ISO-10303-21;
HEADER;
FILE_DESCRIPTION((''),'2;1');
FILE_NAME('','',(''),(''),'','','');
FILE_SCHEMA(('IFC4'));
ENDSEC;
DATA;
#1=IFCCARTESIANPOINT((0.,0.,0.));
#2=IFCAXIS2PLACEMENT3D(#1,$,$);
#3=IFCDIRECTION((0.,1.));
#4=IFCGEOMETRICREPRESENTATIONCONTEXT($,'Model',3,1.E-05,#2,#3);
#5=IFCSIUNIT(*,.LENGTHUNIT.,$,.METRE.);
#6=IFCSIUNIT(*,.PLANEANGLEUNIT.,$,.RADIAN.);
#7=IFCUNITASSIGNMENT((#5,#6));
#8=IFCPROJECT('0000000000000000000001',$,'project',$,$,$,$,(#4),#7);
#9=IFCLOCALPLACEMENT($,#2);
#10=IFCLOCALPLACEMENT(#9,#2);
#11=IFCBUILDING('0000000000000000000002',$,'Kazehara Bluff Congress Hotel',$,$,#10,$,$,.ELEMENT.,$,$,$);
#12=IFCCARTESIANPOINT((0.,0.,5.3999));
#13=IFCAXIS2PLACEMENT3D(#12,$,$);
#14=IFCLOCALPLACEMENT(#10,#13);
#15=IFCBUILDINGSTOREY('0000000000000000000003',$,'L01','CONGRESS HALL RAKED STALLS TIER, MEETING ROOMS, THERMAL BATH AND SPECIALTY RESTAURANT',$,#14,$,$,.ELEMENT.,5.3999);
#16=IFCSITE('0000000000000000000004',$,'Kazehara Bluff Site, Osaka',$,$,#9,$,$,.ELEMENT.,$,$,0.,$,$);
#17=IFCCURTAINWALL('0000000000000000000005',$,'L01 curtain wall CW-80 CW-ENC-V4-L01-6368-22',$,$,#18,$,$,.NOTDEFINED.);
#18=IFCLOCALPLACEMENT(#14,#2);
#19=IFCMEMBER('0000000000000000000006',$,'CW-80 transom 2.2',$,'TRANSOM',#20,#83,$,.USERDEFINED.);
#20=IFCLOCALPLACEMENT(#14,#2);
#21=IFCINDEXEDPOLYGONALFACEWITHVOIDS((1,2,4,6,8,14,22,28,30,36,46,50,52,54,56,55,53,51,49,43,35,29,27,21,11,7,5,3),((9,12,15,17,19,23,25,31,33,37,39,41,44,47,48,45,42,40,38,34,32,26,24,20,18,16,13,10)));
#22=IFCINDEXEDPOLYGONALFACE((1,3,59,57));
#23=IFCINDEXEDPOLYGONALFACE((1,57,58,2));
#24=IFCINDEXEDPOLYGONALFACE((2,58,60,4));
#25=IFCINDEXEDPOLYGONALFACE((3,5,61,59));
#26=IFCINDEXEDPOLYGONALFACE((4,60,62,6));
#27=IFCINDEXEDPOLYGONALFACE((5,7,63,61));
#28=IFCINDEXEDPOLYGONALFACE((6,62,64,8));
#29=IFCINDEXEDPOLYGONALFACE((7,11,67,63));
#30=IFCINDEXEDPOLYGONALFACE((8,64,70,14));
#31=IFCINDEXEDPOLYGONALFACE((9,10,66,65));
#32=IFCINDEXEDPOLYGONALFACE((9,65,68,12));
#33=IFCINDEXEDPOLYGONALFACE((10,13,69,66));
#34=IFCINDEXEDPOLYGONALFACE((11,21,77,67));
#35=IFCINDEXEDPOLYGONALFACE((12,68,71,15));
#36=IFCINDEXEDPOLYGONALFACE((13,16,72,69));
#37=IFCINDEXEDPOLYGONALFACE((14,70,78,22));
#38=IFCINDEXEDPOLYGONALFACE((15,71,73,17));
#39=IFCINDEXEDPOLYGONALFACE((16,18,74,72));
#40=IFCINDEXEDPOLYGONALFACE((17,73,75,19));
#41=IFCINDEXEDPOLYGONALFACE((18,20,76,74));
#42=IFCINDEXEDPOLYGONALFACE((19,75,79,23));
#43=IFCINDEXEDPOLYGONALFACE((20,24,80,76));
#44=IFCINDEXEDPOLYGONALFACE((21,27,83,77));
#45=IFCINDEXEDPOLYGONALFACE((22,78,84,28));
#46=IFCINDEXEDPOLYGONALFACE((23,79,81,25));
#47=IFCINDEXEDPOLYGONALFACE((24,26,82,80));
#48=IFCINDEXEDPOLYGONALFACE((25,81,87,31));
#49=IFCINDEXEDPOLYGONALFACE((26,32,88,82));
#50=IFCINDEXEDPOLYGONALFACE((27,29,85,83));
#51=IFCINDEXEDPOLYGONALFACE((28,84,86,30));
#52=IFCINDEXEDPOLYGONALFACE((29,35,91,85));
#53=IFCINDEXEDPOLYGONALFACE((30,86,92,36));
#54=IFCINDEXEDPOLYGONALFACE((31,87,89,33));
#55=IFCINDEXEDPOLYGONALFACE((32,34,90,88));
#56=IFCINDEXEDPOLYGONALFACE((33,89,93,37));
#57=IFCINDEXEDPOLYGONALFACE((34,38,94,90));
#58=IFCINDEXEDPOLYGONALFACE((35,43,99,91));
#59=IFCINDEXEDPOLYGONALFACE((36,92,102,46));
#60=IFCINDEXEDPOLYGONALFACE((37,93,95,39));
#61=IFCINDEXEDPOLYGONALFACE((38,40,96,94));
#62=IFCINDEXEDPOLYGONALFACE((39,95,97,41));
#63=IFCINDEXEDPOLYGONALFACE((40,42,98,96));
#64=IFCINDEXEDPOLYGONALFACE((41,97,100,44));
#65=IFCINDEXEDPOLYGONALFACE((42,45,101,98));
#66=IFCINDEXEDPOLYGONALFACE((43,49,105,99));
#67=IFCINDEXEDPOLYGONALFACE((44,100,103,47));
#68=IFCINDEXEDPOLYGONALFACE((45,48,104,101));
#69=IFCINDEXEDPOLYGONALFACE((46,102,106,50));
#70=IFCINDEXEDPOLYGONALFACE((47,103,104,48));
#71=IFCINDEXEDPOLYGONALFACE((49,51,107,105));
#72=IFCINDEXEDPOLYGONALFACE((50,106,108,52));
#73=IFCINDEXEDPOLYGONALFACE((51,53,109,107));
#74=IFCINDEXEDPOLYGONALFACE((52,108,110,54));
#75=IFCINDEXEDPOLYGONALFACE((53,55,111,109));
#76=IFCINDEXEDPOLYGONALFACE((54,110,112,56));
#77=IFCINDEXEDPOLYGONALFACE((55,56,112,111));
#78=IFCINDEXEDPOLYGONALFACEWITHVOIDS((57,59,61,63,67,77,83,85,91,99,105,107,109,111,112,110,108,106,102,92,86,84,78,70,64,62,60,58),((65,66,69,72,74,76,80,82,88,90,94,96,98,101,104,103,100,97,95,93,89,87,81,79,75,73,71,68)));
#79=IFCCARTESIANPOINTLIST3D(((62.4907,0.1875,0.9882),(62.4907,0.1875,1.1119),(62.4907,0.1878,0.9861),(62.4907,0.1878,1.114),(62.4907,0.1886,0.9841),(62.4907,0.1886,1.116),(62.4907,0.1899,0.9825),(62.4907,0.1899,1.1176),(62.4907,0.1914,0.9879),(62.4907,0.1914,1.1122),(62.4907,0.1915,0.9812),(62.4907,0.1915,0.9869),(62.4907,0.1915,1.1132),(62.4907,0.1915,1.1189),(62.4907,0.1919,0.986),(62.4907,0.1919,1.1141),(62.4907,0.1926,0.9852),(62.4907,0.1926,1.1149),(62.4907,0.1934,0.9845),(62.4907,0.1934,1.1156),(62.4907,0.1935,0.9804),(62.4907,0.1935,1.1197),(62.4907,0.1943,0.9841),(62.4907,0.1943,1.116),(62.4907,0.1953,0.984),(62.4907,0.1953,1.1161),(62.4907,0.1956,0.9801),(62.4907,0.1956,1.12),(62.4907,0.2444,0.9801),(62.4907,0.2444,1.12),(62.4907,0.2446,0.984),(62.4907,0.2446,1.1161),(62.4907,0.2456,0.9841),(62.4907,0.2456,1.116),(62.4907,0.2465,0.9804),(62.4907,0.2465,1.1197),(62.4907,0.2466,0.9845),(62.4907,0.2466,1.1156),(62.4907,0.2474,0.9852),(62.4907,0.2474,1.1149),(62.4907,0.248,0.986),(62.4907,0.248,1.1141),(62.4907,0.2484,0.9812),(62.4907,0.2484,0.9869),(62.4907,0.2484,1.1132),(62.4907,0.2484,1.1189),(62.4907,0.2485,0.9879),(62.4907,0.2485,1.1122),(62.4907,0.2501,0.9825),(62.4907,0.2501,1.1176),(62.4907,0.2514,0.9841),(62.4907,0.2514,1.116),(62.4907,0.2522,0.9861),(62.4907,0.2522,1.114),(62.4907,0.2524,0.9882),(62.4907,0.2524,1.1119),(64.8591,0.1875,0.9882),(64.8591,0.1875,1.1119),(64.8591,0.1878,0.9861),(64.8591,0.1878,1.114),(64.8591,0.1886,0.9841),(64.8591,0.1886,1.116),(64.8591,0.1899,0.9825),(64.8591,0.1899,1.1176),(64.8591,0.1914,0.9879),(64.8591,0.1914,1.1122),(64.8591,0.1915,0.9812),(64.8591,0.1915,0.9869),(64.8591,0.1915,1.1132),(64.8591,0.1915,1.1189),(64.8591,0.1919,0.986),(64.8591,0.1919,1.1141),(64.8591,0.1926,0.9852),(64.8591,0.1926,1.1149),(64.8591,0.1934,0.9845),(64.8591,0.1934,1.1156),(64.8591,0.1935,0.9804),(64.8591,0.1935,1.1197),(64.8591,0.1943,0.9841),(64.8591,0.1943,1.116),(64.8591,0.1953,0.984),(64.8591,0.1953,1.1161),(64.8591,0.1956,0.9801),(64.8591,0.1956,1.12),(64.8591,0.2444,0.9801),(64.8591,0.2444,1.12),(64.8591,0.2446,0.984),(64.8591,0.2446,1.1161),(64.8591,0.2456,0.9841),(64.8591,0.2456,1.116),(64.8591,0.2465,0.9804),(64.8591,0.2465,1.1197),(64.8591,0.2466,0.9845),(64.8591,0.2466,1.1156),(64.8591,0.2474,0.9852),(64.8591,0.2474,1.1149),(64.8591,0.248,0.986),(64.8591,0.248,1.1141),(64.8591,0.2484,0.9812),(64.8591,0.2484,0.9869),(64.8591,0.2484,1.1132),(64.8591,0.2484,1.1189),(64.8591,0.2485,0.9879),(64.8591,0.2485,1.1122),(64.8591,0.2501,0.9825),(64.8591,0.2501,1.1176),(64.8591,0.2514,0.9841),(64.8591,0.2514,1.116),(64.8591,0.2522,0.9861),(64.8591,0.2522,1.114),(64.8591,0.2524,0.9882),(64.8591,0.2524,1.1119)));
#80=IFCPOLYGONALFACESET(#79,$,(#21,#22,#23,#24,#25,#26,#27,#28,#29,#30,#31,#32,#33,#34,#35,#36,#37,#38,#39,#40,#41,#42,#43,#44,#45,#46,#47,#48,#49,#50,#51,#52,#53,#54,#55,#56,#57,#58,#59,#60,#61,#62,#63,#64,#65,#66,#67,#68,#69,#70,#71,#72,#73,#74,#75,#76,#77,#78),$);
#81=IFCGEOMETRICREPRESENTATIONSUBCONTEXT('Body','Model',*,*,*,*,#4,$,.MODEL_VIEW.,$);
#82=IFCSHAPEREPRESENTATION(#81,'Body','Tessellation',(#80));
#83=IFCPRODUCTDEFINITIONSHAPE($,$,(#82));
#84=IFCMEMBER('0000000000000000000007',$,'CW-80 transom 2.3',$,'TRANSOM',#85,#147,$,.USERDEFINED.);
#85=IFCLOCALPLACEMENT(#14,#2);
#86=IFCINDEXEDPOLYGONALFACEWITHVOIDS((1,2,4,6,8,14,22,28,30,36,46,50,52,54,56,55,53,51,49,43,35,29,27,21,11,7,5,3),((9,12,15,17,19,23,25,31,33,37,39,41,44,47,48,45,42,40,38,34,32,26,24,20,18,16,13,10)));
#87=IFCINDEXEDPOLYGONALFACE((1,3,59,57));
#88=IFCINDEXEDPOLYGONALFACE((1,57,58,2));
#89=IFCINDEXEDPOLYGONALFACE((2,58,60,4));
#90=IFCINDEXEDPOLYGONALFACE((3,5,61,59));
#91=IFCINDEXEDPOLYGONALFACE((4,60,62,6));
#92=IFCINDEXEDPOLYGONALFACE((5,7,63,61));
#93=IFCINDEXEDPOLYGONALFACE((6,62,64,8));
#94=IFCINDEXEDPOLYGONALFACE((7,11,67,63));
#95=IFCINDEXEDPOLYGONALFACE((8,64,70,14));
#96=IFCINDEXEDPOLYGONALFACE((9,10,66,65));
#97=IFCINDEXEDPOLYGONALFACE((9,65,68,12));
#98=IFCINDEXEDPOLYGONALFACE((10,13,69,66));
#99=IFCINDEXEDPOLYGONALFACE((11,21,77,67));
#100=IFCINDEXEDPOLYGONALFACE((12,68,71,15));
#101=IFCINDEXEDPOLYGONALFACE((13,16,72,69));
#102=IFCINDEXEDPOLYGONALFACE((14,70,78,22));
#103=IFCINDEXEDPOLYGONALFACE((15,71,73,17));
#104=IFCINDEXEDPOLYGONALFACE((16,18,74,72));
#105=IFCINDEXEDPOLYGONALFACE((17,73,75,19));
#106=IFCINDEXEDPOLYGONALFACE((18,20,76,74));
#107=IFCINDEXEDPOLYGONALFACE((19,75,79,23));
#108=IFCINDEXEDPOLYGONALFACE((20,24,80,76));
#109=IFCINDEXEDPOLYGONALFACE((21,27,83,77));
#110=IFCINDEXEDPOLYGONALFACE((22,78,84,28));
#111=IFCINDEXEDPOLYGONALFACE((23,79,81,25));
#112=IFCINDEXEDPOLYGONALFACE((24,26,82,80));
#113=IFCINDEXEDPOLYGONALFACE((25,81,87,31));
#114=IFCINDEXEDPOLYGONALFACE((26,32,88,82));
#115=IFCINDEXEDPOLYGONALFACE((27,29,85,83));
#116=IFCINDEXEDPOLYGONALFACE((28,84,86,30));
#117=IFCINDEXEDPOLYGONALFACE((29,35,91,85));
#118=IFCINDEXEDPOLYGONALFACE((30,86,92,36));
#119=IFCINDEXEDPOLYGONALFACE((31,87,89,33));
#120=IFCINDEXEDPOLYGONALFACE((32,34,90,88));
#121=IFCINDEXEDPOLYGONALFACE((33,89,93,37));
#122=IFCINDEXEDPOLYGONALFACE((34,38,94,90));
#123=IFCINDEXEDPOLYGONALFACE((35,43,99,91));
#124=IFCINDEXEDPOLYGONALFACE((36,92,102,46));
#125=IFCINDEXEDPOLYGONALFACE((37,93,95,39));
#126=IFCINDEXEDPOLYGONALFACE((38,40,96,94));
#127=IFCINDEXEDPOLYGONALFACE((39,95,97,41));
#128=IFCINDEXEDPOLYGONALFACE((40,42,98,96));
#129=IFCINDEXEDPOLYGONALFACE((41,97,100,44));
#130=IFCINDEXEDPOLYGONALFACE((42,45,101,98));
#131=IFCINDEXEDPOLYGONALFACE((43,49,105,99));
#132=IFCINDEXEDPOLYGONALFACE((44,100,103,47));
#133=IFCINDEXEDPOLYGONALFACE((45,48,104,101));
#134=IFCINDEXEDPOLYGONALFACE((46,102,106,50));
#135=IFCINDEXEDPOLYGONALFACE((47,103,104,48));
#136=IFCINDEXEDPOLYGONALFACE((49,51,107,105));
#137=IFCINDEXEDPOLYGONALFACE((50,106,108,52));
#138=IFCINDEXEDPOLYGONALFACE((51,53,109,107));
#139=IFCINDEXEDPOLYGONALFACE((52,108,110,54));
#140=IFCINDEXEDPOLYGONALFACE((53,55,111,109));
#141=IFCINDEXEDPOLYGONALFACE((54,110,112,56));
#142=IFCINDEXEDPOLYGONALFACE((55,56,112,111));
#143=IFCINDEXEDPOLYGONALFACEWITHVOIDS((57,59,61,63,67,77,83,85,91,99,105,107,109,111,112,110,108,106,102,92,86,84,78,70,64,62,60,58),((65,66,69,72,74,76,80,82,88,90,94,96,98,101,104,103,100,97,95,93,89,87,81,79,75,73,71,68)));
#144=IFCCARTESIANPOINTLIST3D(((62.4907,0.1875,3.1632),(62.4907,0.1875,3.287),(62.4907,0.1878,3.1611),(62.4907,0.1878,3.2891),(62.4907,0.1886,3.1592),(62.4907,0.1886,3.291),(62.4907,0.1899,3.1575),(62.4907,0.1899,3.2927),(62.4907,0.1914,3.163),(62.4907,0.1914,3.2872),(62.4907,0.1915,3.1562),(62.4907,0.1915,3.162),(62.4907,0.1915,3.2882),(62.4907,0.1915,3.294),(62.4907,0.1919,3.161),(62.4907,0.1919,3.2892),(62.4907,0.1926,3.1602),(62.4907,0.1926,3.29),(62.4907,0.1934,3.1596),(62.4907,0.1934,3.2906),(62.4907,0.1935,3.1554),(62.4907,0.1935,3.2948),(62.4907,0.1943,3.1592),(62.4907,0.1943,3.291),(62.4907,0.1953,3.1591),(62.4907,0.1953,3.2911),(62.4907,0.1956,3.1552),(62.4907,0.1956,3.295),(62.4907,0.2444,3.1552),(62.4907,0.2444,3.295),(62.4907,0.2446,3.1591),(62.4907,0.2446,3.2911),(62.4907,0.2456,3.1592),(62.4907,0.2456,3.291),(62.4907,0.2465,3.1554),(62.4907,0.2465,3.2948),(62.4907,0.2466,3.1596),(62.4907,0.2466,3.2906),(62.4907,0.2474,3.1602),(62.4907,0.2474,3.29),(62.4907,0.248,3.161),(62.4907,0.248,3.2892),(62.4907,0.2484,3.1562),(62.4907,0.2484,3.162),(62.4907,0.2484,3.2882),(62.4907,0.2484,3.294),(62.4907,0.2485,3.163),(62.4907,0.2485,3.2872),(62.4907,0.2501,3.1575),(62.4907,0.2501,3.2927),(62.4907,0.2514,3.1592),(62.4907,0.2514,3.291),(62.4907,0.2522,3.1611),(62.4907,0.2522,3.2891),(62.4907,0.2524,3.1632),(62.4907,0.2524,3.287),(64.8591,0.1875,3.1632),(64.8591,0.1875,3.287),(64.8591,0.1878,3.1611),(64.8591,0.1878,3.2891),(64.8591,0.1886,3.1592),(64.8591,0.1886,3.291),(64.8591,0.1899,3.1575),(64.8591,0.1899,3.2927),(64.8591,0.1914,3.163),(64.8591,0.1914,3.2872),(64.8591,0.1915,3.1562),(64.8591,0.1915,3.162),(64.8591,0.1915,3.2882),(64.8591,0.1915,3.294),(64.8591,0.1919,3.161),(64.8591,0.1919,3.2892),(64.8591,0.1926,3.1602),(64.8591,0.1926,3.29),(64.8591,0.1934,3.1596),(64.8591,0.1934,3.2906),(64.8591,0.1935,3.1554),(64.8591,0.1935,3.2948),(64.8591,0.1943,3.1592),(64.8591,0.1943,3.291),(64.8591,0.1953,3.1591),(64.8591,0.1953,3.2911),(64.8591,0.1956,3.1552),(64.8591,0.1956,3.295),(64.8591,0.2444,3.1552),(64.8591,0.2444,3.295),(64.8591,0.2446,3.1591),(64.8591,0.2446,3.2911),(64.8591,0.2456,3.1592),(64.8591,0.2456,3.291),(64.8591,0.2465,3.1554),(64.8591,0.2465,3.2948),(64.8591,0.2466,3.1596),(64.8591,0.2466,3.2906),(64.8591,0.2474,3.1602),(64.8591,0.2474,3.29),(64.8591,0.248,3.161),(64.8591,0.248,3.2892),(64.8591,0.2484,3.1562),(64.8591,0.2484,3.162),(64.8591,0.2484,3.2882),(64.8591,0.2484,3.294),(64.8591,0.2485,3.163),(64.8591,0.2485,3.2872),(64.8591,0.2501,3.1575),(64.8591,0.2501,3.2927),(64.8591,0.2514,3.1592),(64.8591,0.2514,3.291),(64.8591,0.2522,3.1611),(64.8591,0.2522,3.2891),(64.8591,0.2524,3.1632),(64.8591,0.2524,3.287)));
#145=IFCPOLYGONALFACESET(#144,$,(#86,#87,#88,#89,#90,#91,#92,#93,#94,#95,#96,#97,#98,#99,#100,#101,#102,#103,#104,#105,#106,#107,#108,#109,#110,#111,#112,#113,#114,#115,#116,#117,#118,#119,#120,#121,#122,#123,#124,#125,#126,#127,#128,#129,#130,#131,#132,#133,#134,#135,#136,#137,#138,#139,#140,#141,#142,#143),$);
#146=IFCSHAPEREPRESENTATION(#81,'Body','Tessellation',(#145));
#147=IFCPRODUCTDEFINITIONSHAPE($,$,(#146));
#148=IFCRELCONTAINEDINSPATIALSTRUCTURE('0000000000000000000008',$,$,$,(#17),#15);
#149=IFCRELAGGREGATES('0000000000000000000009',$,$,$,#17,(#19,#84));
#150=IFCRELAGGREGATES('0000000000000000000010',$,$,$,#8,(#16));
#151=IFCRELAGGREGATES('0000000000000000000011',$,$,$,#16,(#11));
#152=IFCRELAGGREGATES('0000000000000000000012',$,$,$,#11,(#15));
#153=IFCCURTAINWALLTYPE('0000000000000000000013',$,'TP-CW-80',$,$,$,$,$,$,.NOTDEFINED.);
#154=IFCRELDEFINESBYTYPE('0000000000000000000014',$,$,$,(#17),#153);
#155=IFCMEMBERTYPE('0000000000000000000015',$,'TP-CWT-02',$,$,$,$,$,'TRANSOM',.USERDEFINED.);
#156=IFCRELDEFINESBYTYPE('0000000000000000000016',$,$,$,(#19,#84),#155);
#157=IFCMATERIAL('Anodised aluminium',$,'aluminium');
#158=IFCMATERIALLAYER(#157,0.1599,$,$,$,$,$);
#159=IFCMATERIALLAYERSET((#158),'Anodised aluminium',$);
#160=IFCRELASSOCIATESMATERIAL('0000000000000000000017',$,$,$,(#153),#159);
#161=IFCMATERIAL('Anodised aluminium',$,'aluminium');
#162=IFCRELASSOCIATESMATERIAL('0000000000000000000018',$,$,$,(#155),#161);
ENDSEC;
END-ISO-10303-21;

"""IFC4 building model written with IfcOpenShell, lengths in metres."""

from ifc_helpers import new_model, si_unit, direction, frame, origin, origin_2d, place, context, subcontext, project, spatial, hollow_rectangle, extrude, material, layer, layer_set, material_profile, profile_set, type_object, element, aggregate, save


model = new_model("IFC4")

# Units and contexts
model_context = context("Model", 3, precision=1e-05, world=origin(), true_north=direction((0.0, 1.0)))
body_context = subcontext(model_context, "Body", "Model", "MODEL_VIEW")
ifc_project = project(units=[si_unit("LENGTHUNIT", "METRE"), si_unit("PLANEANGLEUNIT", "RADIAN")], contexts=[model_context])

# Site, building, storey
site_placement = place(None, origin())
site = spatial("IfcSite", under=ifc_project, at=site_placement, Name="Kazehara Bluff Site, Osaka", CompositionType="ELEMENT", RefElevation=0.0)
building_placement = place(site_placement, origin())
building = spatial("IfcBuilding", under=site, at=building_placement, Name="Kazehara Bluff Congress Hotel", CompositionType="ELEMENT")
storey_placement = place(building_placement, frame((0.0, 0.0, 5.3999)))
storey = spatial("IfcBuildingStorey", under=building, at=storey_placement, Name="L01", Description="CONGRESS HALL RAKED STALLS TIER, MEETING ROOMS, THERMAL BATH AND SPECIALTY RESTAURANT", CompositionType="ELEMENT", Elevation=5.3999)

# Curtain wall
ifc_material_1 = material(Name="Anodised aluminium", Category="aluminium")
ifc_layer_1 = layer(ifc_material_1, 0.1599)
ifc_layer_set_1 = layer_set([ifc_layer_1], Name="Anodised aluminium")
curtain_wall_type_1 = type_object("IfcCurtainWallType", Name="TP-CW-80", PredefinedType="NOTDEFINED", material=ifc_layer_set_1)
curtain_wall_1_placement = place(storey_placement, origin())
curtain_wall_1 = element("IfcCurtainWall", 1, at=curtain_wall_1_placement, inside=storey, type_object=curtain_wall_type_1, Name="L01 curtain wall CW-80 CW-ENC-V4-L01-6368-22", PredefinedType="NOTDEFINED")

# Members
ifc_material_2 = material(Name="Anodised aluminium", Category="aluminium")
ifc_material_profile_1 = material_profile(ifc_material_2, hollow_rectangle(XDim=0.0649, YDim=0.1399, WallThickness=0.0039, InnerFilletRadius=0.0039, OuterFilletRadius=0.0081, at=origin_2d()))
ifc_profile_set_1 = profile_set([ifc_material_profile_1], Name="Anodised aluminium")
member_type_1 = type_object("IfcMemberType", Name="TP-CWT-02", ElementType="TRANSOM", PredefinedType="USERDEFINED", material=ifc_profile_set_1)
member_1_placement = place(storey_placement, frame((64.8591, 0.22, 1.05), z_axis=(-1.0, 0.0, 0.0), x_axis=(0.0, -1.0, 0.0)))
member_1 = element("IfcMember", 2, at=member_1_placement, type_object=member_type_1, Name="CW-80 transom 2.2", ObjectType="TRANSOM", PredefinedType="USERDEFINED", context=body_context, shape_type="SweptSolid", body=[
    extrude(hollow_rectangle(XDim=0.0649, YDim=0.1399, WallThickness=0.0039, InnerFilletRadius=0.0039, OuterFilletRadius=0.0081, at=origin_2d()), origin(), (0.0, 0.0, 1.0), 2.3684),
])
member_2_placement = place(storey_placement, frame((64.8591, 0.22, 3.2251), z_axis=(-1.0, 0.0, 0.0), x_axis=(0.0, -1.0, 0.0)))
member_2 = element("IfcMember", 3, at=member_2_placement, type_object=member_type_1, Name="CW-80 transom 2.3", ObjectType="TRANSOM", PredefinedType="USERDEFINED", context=body_context, shape_type="SweptSolid", body=[
    extrude(hollow_rectangle(XDim=0.0649, YDim=0.1399, WallThickness=0.0039, InnerFilletRadius=0.0039, OuterFilletRadius=0.0081, at=origin_2d()), origin(), (0.0, 0.0, 1.0), 2.3684),
])

aggregate(curtain_wall_1, [member_1, member_2])

save(model, "model.ifc")
